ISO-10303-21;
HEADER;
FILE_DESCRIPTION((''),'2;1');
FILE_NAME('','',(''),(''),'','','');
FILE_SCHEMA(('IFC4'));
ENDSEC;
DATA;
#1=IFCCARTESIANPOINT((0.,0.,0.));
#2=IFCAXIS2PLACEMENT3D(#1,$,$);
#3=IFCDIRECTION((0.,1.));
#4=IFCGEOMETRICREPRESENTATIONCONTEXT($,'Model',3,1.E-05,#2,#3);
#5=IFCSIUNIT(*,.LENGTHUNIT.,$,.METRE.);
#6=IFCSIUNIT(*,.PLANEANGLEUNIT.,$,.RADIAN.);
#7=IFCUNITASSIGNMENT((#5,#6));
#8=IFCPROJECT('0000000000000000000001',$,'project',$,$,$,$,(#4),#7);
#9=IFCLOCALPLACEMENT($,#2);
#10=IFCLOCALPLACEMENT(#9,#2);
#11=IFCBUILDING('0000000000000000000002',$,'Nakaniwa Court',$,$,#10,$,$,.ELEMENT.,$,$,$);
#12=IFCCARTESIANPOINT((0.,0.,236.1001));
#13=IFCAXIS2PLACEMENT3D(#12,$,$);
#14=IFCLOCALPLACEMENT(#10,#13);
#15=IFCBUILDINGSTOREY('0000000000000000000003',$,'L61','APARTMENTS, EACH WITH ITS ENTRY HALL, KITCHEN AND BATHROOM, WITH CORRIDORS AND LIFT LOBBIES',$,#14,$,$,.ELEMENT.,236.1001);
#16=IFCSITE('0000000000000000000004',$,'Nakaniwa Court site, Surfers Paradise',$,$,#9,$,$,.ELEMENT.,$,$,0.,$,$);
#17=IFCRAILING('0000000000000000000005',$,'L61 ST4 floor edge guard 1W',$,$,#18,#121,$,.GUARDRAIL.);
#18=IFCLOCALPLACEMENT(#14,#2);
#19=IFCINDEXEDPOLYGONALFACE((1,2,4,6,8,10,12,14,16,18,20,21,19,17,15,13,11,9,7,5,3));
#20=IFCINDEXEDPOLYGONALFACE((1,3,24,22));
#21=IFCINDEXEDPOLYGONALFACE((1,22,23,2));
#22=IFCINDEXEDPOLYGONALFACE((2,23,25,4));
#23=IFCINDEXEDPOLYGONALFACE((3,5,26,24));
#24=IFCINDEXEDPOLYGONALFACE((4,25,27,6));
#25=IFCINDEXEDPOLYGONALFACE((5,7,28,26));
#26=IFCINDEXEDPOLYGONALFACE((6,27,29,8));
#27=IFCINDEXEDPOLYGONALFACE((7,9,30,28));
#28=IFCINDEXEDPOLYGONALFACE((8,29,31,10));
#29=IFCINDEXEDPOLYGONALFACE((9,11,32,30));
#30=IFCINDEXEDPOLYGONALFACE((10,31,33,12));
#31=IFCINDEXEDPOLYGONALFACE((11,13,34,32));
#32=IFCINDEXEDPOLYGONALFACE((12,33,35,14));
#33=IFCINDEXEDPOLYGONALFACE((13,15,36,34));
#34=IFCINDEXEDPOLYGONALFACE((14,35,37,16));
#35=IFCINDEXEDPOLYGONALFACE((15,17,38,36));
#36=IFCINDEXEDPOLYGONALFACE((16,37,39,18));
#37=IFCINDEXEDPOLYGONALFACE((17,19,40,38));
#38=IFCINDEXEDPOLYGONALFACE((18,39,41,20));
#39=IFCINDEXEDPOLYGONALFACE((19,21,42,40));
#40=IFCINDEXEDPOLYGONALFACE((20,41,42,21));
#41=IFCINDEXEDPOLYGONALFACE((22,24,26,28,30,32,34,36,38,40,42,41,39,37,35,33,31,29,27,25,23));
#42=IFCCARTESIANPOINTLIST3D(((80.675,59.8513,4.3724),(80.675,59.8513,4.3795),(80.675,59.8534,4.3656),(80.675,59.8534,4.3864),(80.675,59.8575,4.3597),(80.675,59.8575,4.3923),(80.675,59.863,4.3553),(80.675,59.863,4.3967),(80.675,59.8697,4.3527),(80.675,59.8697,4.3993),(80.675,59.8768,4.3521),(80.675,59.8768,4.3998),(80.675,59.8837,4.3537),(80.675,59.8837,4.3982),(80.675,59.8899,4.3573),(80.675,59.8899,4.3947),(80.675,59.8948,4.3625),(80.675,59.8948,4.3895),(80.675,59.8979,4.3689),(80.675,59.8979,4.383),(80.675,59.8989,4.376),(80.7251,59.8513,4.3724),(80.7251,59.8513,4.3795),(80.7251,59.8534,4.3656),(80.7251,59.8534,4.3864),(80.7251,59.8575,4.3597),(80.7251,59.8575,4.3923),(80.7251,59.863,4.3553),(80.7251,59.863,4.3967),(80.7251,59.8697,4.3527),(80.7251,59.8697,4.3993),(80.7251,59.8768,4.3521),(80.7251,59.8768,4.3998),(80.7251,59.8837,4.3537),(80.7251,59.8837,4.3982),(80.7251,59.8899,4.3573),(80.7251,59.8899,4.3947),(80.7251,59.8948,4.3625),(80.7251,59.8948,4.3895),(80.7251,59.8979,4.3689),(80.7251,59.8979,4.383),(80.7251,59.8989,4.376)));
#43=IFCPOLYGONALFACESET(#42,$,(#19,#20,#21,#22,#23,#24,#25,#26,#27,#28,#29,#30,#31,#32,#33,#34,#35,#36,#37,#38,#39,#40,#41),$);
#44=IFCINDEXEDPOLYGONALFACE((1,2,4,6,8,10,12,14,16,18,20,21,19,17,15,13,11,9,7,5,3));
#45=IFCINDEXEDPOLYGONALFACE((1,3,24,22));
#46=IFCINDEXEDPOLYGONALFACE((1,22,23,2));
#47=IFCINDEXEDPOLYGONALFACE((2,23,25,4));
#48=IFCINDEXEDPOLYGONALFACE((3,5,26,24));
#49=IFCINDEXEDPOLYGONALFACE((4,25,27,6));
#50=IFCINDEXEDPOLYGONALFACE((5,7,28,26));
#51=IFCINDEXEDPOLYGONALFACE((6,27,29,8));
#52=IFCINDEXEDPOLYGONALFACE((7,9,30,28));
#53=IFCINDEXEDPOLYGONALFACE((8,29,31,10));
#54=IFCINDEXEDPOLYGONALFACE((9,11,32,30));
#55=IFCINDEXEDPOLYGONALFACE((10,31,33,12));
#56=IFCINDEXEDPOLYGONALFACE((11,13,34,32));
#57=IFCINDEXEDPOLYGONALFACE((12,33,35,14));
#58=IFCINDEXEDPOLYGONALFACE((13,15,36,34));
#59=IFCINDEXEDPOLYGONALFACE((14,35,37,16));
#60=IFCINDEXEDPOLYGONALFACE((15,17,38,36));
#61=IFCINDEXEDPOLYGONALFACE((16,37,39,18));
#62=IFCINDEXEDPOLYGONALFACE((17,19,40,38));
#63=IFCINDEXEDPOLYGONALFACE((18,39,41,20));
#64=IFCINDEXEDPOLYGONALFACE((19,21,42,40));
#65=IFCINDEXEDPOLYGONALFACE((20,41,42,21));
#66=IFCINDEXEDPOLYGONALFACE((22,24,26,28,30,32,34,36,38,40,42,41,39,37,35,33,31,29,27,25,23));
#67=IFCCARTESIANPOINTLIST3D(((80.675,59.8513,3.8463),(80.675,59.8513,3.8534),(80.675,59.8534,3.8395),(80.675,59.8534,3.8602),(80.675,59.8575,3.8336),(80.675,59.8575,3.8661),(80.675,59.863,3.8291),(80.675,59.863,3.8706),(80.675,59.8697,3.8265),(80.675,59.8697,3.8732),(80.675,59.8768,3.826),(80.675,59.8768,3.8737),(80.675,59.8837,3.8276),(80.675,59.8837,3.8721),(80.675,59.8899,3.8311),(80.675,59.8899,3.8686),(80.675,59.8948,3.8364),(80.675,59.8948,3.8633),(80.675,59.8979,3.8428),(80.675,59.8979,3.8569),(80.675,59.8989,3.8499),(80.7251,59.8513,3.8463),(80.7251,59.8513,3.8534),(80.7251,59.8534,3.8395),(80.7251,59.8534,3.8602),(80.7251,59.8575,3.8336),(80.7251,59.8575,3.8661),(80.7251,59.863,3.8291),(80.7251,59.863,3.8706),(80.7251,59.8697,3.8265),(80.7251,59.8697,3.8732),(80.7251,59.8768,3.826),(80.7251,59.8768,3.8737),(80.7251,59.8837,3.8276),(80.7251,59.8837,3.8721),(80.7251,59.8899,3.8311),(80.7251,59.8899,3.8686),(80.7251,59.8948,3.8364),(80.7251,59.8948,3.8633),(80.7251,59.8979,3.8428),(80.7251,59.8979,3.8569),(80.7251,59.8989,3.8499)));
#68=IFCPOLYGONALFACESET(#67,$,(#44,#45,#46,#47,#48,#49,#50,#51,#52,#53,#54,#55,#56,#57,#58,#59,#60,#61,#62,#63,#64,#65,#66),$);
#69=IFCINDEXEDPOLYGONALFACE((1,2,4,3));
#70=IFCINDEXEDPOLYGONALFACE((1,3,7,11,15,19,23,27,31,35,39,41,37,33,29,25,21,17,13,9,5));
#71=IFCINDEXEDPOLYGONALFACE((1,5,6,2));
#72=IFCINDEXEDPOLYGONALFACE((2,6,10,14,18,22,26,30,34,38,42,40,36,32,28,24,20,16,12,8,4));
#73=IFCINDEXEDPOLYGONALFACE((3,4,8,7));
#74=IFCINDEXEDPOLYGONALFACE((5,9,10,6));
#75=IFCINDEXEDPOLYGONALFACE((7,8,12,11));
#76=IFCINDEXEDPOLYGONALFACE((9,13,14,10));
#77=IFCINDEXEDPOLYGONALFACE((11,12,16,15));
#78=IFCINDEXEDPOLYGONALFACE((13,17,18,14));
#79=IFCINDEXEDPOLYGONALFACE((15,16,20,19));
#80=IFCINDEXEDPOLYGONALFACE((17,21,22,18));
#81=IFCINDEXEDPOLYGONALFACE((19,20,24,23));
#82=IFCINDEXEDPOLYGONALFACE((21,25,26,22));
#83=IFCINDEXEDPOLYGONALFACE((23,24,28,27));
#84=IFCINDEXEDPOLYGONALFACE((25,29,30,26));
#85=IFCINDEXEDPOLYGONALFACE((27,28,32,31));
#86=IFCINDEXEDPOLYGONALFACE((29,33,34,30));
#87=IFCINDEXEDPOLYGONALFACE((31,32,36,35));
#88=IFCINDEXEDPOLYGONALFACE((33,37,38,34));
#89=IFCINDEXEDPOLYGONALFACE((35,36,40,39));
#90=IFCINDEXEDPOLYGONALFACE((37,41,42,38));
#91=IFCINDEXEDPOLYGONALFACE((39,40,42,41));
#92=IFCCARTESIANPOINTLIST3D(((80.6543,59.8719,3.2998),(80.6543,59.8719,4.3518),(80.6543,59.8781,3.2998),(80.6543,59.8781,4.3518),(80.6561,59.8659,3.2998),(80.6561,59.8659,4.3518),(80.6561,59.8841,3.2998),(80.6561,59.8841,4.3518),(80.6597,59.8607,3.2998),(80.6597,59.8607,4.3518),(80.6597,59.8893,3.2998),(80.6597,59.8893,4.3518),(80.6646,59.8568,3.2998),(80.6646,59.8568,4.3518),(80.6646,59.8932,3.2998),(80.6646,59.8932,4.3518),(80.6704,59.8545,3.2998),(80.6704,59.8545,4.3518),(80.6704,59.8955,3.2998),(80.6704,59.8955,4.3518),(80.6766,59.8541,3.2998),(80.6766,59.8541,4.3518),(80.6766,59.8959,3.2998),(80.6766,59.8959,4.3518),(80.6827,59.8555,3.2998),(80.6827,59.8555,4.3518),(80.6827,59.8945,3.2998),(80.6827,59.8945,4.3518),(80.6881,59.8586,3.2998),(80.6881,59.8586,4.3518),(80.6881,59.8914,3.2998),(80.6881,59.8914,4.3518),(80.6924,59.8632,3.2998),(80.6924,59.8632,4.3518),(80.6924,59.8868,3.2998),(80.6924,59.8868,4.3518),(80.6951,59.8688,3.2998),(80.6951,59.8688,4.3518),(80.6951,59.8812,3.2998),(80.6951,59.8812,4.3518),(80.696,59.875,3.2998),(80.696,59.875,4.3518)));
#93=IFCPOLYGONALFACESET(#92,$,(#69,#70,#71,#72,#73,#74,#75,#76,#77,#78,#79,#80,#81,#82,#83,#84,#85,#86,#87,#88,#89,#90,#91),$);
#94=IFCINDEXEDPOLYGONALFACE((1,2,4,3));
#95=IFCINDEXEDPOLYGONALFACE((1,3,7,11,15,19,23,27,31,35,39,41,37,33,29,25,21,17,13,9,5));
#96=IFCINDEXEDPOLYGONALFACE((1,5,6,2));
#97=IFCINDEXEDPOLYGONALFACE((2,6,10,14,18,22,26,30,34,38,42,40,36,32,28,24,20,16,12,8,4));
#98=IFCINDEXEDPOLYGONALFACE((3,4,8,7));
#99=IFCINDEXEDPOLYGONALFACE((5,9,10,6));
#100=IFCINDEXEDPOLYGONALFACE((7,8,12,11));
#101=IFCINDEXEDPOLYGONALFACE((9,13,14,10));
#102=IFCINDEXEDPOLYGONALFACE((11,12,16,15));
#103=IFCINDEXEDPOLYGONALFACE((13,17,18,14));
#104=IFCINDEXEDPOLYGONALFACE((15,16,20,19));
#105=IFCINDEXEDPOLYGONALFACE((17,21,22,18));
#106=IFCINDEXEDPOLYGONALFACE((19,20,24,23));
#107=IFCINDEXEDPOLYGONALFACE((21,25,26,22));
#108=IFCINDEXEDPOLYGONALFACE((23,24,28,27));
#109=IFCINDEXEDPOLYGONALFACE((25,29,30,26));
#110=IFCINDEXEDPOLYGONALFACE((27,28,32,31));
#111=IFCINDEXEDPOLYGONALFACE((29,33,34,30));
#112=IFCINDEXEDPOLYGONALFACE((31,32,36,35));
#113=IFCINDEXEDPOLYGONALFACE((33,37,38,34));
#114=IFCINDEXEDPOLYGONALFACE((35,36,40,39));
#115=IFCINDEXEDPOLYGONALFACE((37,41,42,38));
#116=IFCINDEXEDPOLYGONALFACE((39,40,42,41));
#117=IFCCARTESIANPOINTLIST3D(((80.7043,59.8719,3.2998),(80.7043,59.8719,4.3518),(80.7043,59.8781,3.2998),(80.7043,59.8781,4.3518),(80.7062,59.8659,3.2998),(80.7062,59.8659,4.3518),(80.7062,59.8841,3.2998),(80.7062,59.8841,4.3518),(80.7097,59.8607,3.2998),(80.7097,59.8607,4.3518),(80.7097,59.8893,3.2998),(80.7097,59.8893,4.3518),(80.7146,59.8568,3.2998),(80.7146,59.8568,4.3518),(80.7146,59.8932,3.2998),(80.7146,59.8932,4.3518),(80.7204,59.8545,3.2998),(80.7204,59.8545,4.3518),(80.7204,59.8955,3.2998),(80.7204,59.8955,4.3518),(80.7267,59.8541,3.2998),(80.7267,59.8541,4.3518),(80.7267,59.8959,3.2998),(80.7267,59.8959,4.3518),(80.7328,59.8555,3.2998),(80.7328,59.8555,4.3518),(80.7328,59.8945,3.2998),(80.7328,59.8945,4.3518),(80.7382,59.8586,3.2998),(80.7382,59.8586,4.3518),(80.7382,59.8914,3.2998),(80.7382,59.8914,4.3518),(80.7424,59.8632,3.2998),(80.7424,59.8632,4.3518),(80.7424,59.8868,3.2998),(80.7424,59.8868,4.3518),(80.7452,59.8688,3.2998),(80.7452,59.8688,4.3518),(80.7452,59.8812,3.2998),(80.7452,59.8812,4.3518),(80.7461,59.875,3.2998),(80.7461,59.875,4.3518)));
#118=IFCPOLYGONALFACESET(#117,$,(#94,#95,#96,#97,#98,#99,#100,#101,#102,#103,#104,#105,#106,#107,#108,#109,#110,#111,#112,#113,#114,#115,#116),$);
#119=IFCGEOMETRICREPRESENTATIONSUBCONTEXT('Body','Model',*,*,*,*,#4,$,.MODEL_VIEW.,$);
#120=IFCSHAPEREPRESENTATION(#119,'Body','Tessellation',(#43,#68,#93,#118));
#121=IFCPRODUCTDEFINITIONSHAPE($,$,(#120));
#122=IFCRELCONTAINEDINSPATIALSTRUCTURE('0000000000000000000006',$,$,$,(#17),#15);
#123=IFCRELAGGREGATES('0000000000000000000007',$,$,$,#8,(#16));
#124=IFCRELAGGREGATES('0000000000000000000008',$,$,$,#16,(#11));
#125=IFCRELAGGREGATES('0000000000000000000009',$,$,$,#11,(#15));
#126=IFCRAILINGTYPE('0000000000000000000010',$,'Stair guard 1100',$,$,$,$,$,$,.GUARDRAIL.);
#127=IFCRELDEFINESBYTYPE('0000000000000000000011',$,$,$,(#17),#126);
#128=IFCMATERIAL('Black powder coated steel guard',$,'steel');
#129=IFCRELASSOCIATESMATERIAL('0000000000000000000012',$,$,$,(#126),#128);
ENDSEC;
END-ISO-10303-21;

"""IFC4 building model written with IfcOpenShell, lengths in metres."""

from ifc_helpers import new_model, si_unit, direction, frame, origin, origin_2d, place, context, subcontext, project, spatial, circle, extrude, material, type_object, element, save


model = new_model("IFC4")

# Units and contexts
model_context = context("Model", 3, precision=1e-05, world=origin(), true_north=direction((0.0, 1.0)))
body_context = subcontext(model_context, "Body", "Model", "MODEL_VIEW")
ifc_project = project(units=[si_unit("LENGTHUNIT", "METRE"), si_unit("PLANEANGLEUNIT", "RADIAN")], contexts=[model_context])

# Site, building, storey
site_placement = place(None, origin())
site = spatial("IfcSite", under=ifc_project, at=site_placement, Name="Nakaniwa Court site, Surfers Paradise", CompositionType="ELEMENT", RefElevation=0.0)
building_placement = place(site_placement, origin())
building = spatial("IfcBuilding", under=site, at=building_placement, Name="Nakaniwa Court", CompositionType="ELEMENT")
storey_placement = place(building_placement, frame((0.0, 0.0, 236.1001)))
storey = spatial("IfcBuildingStorey", under=building, at=storey_placement, Name="L61", Description="APARTMENTS, EACH WITH ITS ENTRY HALL, KITCHEN AND BATHROOM, WITH CORRIDORS AND LIFT LOBBIES", CompositionType="ELEMENT", Elevation=236.1001)

# Railing
ifc_material_1 = material(Name="Black powder coated steel guard", Category="steel")
railing_type_1 = type_object("IfcRailingType", Name="Stair guard 1100", PredefinedType="GUARDRAIL", material=ifc_material_1)
for number, where, name in (
    (1, (80.675, 59.875, 3.2998), "L61 ST4 floor edge guard 1W"),
):
    element("IfcRailing", number, at=place(storey_placement, frame(where)), inside=storey, type_object=railing_type_1, Name=name, PredefinedType="GUARDRAIL", context=body_context, shape_type="SweptSolid", body=[
        extrude(circle(Radius=0.0239, at=origin_2d()), frame((0.0, 0.0, 1.0762), z_axis=(1.0, 0.0, 0.0), x_axis=(0.0, 1.0, 0.0)), (0.0, 0.0, 1.0), 0.05),
        extrude(circle(Radius=0.0239, at=origin_2d()), frame((0.0, 0.0, 0.55), z_axis=(1.0, 0.0, 0.0), x_axis=(0.0, 1.0, 0.0)), (0.0, 0.0, 1.0), 0.05),
        extrude(circle(Radius=0.021, at=origin_2d()), origin(), (0.0, 0.0, 1.0), 1.052),
        extrude(circle(Radius=0.021, at=origin_2d()), frame((0.05, 0.0, 0.0)), (0.0, 0.0, 1.0), 1.052),
    ])

save(model, "model.ifc")
